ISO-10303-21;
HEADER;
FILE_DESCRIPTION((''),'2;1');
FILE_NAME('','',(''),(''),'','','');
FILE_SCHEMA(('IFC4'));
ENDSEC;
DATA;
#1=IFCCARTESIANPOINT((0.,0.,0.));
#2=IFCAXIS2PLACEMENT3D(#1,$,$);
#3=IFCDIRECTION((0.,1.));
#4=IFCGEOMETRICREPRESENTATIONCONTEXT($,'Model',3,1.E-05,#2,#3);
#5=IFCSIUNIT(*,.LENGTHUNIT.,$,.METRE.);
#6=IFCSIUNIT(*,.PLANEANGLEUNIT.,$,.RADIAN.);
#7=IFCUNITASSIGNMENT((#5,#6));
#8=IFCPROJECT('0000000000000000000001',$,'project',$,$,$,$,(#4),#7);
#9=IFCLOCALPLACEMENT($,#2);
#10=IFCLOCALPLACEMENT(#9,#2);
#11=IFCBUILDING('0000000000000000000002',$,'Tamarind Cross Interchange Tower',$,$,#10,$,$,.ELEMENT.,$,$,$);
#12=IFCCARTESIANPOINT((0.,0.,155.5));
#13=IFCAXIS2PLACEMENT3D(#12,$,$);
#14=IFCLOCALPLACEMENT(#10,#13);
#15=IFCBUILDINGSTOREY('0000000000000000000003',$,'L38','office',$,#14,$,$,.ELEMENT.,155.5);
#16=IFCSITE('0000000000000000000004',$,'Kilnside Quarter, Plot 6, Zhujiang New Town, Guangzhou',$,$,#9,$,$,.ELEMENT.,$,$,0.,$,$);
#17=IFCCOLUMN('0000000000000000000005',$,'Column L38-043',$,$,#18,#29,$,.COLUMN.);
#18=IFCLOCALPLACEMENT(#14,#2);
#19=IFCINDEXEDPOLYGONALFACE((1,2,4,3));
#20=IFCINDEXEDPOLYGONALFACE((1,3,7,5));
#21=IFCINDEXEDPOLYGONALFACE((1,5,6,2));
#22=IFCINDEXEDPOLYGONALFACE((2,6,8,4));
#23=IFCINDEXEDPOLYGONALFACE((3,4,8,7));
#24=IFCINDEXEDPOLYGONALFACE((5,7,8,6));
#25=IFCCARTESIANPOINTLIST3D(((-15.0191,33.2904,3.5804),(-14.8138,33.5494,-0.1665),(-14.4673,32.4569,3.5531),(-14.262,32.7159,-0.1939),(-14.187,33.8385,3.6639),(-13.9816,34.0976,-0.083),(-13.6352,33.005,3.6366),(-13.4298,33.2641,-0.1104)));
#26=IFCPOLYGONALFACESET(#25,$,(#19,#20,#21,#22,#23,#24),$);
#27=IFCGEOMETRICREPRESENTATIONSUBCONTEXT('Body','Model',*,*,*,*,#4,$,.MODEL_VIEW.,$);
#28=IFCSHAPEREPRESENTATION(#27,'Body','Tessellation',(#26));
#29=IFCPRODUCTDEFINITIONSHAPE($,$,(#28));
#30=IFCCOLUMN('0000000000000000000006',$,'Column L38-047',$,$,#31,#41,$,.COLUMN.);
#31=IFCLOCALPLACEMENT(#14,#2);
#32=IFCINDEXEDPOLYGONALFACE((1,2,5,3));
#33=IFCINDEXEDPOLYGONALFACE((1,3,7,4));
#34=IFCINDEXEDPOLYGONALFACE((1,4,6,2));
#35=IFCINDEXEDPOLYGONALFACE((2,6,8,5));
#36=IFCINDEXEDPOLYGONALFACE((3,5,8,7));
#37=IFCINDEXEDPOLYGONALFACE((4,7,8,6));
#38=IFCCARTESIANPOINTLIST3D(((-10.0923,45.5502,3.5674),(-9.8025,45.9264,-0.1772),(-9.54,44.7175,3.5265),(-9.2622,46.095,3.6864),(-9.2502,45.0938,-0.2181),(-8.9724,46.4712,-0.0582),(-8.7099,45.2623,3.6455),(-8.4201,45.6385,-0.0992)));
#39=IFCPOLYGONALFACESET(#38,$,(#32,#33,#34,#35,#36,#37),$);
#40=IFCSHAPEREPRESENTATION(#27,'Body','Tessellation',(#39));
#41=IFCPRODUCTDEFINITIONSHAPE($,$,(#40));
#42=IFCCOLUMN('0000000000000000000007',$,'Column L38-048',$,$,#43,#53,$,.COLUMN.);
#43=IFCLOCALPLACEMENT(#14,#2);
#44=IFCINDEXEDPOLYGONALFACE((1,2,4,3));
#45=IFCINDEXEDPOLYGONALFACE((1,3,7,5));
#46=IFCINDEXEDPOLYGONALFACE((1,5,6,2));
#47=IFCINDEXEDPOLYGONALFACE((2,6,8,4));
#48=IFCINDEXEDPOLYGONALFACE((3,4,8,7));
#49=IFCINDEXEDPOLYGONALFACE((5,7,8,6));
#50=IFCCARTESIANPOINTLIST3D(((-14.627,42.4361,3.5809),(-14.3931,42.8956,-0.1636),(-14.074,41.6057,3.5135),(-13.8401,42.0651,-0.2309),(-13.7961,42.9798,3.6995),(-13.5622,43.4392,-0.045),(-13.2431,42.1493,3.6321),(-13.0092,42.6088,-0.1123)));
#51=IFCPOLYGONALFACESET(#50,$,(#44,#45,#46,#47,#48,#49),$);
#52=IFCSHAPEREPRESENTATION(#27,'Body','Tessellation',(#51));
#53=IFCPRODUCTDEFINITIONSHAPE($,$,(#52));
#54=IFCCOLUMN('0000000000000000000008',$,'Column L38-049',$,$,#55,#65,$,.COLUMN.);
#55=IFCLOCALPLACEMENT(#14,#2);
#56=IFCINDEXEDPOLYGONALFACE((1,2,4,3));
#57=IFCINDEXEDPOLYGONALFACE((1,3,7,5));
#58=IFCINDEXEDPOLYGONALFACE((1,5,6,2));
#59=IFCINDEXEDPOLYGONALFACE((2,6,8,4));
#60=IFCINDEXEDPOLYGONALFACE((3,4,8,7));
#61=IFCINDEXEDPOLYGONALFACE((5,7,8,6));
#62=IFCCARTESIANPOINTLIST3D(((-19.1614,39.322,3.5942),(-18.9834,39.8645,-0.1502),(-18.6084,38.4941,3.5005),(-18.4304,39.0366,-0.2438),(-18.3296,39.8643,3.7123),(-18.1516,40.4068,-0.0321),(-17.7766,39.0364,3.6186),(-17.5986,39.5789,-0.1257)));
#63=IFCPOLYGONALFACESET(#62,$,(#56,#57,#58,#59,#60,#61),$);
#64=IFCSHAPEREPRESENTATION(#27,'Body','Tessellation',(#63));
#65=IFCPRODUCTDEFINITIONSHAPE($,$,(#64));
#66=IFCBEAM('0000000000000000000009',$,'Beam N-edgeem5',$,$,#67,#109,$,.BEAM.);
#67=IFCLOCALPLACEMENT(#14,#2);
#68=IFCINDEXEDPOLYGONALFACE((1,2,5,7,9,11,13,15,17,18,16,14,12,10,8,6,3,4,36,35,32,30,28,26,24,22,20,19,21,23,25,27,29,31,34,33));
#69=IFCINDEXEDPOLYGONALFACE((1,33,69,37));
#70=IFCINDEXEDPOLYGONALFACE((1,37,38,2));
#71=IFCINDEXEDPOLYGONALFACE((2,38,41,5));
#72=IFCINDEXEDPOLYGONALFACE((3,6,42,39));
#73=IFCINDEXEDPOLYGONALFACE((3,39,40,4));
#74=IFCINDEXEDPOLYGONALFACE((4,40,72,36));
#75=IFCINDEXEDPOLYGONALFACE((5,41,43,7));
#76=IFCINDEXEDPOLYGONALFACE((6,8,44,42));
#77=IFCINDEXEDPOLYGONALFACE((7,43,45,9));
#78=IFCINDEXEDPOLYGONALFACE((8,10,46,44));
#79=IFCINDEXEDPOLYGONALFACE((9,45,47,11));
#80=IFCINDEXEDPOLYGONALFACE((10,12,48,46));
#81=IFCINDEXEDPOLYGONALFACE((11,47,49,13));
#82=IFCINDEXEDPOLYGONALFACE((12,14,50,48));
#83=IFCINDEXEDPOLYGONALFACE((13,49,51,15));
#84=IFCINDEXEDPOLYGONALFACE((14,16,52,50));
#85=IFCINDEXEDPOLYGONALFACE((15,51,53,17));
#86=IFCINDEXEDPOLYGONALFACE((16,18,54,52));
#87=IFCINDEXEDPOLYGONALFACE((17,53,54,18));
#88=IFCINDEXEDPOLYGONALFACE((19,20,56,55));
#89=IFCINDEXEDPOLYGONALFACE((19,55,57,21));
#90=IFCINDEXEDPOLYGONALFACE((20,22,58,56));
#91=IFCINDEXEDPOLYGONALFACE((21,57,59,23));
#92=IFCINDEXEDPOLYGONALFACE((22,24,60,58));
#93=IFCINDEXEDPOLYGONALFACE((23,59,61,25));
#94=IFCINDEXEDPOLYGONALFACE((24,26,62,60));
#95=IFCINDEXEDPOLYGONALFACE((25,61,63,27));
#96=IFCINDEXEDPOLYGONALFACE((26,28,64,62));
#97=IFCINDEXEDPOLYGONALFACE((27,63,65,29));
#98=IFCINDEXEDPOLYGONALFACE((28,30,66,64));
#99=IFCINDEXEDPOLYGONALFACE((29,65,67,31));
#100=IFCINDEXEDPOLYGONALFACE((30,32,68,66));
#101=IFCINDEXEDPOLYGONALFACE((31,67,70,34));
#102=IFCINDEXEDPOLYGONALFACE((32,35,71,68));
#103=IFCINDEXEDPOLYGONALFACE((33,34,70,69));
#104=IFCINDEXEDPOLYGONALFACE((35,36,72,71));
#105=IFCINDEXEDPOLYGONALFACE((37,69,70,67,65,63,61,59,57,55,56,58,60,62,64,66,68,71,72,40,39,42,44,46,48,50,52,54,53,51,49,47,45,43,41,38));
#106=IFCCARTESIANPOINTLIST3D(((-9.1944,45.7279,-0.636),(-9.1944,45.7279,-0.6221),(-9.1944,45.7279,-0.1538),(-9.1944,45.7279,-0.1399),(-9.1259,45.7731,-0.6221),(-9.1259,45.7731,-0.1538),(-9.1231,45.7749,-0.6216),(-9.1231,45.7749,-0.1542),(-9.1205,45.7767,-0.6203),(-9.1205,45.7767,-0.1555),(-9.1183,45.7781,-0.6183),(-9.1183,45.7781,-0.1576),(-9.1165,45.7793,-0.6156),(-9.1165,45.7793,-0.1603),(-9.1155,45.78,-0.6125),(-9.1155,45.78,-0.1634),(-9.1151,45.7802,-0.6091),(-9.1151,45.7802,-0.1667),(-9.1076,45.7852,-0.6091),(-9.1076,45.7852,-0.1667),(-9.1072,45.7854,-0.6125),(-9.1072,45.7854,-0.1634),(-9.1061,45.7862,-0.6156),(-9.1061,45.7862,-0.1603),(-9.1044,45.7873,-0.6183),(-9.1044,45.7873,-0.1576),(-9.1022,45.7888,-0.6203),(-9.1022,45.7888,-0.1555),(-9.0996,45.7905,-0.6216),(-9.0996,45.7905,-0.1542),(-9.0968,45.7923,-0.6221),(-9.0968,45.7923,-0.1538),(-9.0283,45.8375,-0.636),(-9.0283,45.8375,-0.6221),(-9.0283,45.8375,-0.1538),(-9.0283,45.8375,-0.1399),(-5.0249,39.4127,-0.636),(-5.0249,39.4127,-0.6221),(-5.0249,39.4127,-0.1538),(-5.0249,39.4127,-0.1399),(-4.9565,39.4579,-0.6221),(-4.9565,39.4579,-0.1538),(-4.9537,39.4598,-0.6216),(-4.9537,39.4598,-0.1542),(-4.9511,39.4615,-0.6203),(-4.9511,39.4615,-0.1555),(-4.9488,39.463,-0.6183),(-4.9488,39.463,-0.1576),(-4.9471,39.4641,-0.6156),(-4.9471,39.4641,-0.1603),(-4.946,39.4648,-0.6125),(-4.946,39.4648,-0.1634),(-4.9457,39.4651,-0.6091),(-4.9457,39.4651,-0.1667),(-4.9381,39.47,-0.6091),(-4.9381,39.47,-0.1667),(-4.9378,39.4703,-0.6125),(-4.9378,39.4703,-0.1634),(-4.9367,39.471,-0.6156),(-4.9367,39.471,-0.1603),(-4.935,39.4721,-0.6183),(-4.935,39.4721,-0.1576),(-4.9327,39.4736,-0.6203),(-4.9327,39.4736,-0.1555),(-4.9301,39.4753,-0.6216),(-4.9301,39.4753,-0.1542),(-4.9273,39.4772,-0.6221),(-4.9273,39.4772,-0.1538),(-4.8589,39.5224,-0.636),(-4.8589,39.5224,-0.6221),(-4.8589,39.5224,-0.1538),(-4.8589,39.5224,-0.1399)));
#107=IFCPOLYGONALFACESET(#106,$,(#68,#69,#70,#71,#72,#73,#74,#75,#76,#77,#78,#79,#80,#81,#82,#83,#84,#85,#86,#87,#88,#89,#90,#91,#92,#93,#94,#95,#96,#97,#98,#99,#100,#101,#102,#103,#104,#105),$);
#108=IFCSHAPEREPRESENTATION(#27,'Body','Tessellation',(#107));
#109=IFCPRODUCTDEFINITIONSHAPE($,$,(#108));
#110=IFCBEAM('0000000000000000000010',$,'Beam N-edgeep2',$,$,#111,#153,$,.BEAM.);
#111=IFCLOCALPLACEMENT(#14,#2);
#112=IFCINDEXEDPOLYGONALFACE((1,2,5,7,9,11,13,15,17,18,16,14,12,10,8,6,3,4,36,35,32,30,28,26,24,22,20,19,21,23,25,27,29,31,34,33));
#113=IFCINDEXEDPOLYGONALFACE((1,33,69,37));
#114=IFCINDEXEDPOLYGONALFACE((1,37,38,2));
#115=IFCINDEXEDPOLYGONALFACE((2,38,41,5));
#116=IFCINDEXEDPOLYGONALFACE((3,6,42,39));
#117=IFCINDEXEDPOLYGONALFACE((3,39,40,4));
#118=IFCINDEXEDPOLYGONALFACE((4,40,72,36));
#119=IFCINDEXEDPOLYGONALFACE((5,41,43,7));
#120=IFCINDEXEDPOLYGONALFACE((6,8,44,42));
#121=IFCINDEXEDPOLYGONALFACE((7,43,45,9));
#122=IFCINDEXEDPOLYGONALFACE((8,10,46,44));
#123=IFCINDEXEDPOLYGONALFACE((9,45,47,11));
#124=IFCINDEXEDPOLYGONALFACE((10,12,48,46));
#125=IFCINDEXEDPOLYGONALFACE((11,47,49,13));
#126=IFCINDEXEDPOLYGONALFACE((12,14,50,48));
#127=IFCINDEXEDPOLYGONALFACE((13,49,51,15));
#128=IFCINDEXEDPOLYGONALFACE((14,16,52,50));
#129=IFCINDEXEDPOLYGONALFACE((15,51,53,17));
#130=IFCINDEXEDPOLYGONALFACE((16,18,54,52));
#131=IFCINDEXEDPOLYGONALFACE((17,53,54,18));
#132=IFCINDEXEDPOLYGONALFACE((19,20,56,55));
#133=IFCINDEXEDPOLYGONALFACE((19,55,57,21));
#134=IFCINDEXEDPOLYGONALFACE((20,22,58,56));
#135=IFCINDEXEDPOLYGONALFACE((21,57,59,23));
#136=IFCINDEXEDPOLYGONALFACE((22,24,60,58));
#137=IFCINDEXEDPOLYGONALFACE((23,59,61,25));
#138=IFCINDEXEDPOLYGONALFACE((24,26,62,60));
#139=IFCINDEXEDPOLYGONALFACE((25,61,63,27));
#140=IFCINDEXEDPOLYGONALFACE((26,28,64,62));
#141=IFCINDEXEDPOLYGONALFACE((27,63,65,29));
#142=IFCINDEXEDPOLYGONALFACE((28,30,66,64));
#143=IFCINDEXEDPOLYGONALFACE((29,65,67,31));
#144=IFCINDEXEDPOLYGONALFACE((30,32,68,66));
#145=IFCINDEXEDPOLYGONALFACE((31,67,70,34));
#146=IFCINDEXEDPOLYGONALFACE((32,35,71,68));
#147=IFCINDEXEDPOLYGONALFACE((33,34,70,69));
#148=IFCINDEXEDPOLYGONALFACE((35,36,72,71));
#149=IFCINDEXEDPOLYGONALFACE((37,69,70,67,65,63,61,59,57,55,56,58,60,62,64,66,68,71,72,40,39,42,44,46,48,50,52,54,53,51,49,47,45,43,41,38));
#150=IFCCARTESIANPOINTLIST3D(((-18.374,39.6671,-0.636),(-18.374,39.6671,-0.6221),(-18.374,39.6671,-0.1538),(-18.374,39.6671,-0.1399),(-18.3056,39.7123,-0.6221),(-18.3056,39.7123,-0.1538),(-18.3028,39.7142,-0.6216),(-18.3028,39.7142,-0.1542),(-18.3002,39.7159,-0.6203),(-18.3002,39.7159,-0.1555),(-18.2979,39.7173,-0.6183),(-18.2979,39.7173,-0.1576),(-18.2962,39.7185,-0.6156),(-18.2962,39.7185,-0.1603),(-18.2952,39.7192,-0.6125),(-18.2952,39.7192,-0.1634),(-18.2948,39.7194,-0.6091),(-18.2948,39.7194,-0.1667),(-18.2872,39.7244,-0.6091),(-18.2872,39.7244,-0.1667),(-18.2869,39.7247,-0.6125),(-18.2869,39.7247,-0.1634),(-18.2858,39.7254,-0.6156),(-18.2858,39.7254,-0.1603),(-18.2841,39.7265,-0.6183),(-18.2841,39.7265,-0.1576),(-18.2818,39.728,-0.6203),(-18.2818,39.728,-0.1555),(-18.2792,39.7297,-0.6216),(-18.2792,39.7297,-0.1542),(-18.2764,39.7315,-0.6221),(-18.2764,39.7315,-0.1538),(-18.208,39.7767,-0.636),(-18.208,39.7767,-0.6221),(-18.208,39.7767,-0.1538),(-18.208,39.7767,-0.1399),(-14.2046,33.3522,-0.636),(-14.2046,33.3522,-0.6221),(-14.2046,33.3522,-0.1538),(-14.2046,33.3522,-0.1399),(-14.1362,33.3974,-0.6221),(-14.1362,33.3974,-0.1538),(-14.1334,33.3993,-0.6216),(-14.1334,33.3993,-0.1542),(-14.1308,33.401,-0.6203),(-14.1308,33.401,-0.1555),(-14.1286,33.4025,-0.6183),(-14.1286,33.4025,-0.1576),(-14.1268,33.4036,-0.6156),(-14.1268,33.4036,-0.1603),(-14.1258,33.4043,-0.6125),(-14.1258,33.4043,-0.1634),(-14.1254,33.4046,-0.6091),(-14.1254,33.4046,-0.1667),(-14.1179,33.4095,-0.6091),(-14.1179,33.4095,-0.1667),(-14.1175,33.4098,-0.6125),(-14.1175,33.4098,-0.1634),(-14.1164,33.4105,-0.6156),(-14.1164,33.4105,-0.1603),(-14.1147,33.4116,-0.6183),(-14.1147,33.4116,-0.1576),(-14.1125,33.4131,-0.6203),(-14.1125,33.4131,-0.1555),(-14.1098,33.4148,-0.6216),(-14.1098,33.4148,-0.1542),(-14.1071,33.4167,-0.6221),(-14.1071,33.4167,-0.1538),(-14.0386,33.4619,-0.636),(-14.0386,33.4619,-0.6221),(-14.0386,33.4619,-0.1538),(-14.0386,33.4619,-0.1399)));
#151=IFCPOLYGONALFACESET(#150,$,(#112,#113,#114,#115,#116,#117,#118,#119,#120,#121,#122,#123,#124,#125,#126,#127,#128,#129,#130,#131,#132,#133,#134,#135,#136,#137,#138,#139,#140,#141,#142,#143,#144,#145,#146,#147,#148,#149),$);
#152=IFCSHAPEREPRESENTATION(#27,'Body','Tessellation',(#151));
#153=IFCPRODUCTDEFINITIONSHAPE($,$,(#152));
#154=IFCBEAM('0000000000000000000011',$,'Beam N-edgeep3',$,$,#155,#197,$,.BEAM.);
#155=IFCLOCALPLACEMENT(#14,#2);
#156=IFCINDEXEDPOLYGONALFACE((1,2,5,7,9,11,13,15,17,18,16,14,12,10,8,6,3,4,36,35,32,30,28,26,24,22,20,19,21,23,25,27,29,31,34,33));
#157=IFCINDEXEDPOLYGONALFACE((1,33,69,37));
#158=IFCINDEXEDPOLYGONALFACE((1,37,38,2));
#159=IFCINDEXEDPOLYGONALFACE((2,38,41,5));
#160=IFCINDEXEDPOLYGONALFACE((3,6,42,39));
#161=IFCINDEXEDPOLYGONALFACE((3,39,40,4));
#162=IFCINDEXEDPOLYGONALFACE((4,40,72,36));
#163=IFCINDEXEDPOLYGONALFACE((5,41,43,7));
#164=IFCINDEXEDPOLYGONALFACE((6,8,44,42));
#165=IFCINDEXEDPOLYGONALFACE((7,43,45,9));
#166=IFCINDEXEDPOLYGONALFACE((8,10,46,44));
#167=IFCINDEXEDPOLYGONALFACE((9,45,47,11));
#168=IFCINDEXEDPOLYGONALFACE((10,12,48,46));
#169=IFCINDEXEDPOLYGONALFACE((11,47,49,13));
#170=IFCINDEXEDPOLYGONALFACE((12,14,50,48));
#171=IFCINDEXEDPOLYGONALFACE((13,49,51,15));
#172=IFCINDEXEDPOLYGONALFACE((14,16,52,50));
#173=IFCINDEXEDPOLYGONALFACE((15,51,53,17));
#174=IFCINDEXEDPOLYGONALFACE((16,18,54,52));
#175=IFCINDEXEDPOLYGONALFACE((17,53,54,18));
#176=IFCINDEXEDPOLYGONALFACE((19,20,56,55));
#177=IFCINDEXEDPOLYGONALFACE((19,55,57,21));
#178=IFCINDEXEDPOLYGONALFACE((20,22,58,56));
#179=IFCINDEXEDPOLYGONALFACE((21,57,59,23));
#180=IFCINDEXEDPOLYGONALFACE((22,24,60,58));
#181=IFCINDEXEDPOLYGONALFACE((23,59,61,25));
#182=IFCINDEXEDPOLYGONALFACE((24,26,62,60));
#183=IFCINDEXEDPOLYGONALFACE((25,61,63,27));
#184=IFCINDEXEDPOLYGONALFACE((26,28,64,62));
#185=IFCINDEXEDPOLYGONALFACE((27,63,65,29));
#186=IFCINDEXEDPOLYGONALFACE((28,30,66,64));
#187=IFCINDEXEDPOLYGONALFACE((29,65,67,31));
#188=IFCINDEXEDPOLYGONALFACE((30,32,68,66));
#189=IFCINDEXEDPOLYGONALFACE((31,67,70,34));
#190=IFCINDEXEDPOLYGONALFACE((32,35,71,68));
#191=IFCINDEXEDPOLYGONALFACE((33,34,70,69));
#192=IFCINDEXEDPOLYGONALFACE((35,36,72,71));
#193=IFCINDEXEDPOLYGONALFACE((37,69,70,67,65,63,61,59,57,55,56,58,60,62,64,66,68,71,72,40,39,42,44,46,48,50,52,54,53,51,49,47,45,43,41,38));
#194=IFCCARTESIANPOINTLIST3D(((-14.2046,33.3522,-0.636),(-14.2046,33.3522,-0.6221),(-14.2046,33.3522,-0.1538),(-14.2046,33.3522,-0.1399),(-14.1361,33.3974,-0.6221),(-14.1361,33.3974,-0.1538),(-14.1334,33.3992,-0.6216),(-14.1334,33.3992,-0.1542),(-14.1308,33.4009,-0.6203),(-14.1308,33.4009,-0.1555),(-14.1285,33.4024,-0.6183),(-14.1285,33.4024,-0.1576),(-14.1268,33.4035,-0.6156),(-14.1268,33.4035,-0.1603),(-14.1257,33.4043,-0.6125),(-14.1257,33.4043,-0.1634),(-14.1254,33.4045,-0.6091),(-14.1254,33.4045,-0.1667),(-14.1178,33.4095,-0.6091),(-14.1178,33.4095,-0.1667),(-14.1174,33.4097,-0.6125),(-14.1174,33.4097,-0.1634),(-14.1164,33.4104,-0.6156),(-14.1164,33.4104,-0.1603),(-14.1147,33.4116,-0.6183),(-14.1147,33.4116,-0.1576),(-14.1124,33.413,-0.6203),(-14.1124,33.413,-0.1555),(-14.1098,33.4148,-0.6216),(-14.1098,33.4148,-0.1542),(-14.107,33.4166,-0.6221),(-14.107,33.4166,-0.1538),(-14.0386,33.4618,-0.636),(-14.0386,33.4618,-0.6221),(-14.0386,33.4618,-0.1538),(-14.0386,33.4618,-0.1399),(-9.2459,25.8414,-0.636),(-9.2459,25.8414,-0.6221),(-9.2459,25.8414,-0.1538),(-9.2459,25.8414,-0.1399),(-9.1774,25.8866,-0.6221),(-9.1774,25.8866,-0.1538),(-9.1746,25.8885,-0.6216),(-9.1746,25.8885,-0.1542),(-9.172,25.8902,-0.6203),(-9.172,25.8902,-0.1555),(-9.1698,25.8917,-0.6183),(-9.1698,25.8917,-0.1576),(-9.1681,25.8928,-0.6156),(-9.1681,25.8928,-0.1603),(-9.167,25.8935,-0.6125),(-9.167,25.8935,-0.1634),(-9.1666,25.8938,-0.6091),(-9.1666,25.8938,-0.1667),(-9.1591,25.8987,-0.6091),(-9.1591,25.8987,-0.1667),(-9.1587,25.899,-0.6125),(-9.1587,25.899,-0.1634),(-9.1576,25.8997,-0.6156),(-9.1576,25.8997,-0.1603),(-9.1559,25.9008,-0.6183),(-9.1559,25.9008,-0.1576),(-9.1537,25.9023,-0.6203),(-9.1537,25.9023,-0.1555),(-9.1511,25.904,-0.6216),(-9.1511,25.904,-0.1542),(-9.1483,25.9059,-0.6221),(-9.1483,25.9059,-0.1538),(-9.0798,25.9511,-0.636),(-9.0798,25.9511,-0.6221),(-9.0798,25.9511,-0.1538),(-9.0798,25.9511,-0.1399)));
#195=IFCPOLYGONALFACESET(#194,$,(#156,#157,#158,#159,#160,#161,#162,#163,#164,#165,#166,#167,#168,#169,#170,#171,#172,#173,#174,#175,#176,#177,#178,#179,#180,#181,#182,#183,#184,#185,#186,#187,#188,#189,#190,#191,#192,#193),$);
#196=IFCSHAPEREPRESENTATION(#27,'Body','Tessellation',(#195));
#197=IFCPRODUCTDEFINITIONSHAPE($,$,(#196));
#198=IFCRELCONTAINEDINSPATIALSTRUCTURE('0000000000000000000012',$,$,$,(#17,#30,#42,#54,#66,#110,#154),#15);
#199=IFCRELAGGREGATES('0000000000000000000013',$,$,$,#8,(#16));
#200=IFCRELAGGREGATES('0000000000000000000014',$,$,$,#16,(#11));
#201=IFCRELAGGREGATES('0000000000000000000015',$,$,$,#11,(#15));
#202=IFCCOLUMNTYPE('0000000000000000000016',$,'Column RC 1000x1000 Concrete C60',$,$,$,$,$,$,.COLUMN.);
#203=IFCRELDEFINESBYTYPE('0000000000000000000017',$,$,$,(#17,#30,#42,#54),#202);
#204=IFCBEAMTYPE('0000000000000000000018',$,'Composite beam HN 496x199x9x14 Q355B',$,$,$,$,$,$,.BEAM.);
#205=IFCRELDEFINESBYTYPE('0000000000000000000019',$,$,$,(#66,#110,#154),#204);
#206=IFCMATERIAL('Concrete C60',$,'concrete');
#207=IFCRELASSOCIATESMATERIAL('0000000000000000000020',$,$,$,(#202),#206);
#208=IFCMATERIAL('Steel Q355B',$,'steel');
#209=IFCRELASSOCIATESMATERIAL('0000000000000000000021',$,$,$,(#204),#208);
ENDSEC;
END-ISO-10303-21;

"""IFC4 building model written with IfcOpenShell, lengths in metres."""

from ifc_helpers import new_model, si_unit, direction, frame, origin, origin_2d, place, context, subcontext, project, spatial, rectangle, i_section, extrude, material, material_profile, profile_set, type_object, element, save


model = new_model("IFC4")

# Units and contexts
model_context = context("Model", 3, precision=1e-05, world=origin(), true_north=direction((0.0, 1.0)))
body_context = subcontext(model_context, "Body", "Model", "MODEL_VIEW")
ifc_project = project(units=[si_unit("LENGTHUNIT", "METRE"), si_unit("PLANEANGLEUNIT", "RADIAN")], contexts=[model_context])

# Site, building, storey
site_placement = place(None, origin())
site = spatial("IfcSite", under=ifc_project, at=site_placement, Name="Kilnside Quarter, Plot 6, Zhujiang New Town, Guangzhou", CompositionType="ELEMENT", RefElevation=0.0)
building_placement = place(site_placement, origin())
building = spatial("IfcBuilding", under=site, at=building_placement, Name="Tamarind Cross Interchange Tower", CompositionType="ELEMENT")
storey_placement = place(building_placement, frame((0.0, 0.0, 155.5)))
storey = spatial("IfcBuildingStorey", under=building, at=storey_placement, Name="L38", Description="office", CompositionType="ELEMENT", Elevation=155.5)

# Columns
ifc_material_1 = material(Name="Concrete C60", Category="concrete")
ifc_material_profile_1 = material_profile(ifc_material_1, rectangle(XDim=1.0, YDim=1.0, at=origin_2d()), Name="RC 1000x1000")
ifc_profile_set_1 = profile_set([ifc_material_profile_1], Name="Concrete C60")
column_type = type_object("IfcColumnType", Name="Column RC 1000x1000 Concrete C60", PredefinedType="COLUMN", material=ifc_profile_set_1)
column_1_placement = place(storey_placement, frame((-14.1218, 33.4067, -0.1384), z_axis=(-0.054587, -0.068867, 0.996131), x_axis=(0.832189, 0.54817, 0.0835)))
element("IfcColumn", 1, at=column_1_placement, inside=storey, type_object=column_type, Name="Column L38-043", PredefinedType="COLUMN", context=body_context, shape_type="SweptSolid", body=[
    extrude(rectangle(XDim=1.0, YDim=1.0, at=origin_2d()), origin(), (0.0, 0.0, 1.0), 3.7615),
])
column_2_placement = place(storey_placement, frame((-9.1113, 45.7825, -0.1382), z_axis=(-0.076775, -0.099671, 0.992054), x_axis=(0.830095, 0.544783, 0.118975)))
element("IfcColumn", 2, at=column_2_placement, inside=storey, type_object=column_type, Name="Column L38-047", PredefinedType="COLUMN", context=body_context, shape_type="SweptSolid", body=[
    extrude(rectangle(XDim=1.0, YDim=1.0, at=origin_2d()), origin(), (0.0, 0.0, 1.0), 3.7747),
])
column_3_placement = place(storey_placement, frame((-13.7012, 42.7522, -0.1379), z_axis=(-0.061879, -0.121563, 0.990653), x_axis=(0.830909, 0.543619, 0.118609)))
element("IfcColumn", 3, at=column_3_placement, inside=storey, type_object=column_type, Name="Column L38-048", PredefinedType="COLUMN", context=body_context, shape_type="SweptSolid", body=[
    extrude(rectangle(XDim=1.0, YDim=1.0, at=origin_2d()), origin(), (0.0, 0.0, 1.0), 3.7798),
])
column_4_placement = place(storey_placement, frame((-18.291, 39.7217, -0.1379), z_axis=(-0.046989, -0.143223, 0.988574), x_axis=(0.83186, 0.542274, 0.118104)))
element("IfcColumn", 4, at=column_4_placement, inside=storey, type_object=column_type, Name="Column L38-049", PredefinedType="COLUMN", context=body_context, shape_type="SweptSolid", body=[
    extrude(rectangle(XDim=1.0, YDim=1.0, at=origin_2d()), origin(), (0.0, 0.0, 1.0), 3.7876),
])

# Beams
ifc_material_2 = material(Name="Steel Q355B", Category="steel")
ifc_material_profile_2 = material_profile(ifc_material_2, i_section(OverallWidth=0.199, OverallDepth=0.4961, WebThickness=0.009, FlangeThickness=0.0139, FilletRadius=0.0129, at=origin_2d()), Name="HN 496x199x9x14")
ifc_profile_set_2 = profile_set([ifc_material_profile_2], Name="Steel Q355B")
beam_type_1 = type_object("IfcBeamType", Name="Composite beam HN 496x199x9x14 Q355B", PredefinedType="BEAM", material=ifc_profile_set_2)
beam_1_placement = place(storey_placement, frame((-9.1113, 45.7827, -0.3879), z_axis=(0.550972, -0.834524, 0.0), x_axis=(0.834524, 0.550972, 0.0)))
element("IfcBeam", 5, at=beam_1_placement, inside=storey, type_object=beam_type_1, Name="Beam N-edgeem5", PredefinedType="BEAM", context=body_context, shape_type="SweptSolid", body=[
    extrude(i_section(OverallWidth=0.199, OverallDepth=0.4961, WebThickness=0.009, FlangeThickness=0.0139, FilletRadius=0.0129, at=origin_2d()), origin(), (0.0, 0.0, 1.0), 7.5674),
])
beam_2_placement = place(storey_placement, frame((-18.291, 39.7219, -0.3879), z_axis=(0.550987, -0.834514, 0.0), x_axis=(0.834514, 0.550987, 0.0)))
element("IfcBeam", 6, at=beam_2_placement, inside=storey, type_object=beam_type_1, Name="Beam N-edgeep2", PredefinedType="BEAM", context=body_context, shape_type="SweptSolid", body=[
    extrude(i_section(OverallWidth=0.199, OverallDepth=0.4961, WebThickness=0.009, FlangeThickness=0.0139, FilletRadius=0.0129, at=origin_2d()), origin(), (0.0, 0.0, 1.0), 7.5671),
])
beam_3_placement = place(storey_placement, frame((-14.1216, 33.407, -0.3879), z_axis=(0.55097, -0.834525, 0.0), x_axis=(0.834525, 0.55097, 0.0)))
element("IfcBeam", 7, at=beam_3_placement, inside=storey, type_object=beam_type_1, Name="Beam N-edgeep3", PredefinedType="BEAM", context=body_context, shape_type="SweptSolid", body=[
    extrude(i_section(OverallWidth=0.199, OverallDepth=0.4961, WebThickness=0.009, FlangeThickness=0.0139, FilletRadius=0.0129, at=origin_2d()), origin(), (0.0, 0.0, 1.0), 9.0),
])

save(model, "model.ifc")
